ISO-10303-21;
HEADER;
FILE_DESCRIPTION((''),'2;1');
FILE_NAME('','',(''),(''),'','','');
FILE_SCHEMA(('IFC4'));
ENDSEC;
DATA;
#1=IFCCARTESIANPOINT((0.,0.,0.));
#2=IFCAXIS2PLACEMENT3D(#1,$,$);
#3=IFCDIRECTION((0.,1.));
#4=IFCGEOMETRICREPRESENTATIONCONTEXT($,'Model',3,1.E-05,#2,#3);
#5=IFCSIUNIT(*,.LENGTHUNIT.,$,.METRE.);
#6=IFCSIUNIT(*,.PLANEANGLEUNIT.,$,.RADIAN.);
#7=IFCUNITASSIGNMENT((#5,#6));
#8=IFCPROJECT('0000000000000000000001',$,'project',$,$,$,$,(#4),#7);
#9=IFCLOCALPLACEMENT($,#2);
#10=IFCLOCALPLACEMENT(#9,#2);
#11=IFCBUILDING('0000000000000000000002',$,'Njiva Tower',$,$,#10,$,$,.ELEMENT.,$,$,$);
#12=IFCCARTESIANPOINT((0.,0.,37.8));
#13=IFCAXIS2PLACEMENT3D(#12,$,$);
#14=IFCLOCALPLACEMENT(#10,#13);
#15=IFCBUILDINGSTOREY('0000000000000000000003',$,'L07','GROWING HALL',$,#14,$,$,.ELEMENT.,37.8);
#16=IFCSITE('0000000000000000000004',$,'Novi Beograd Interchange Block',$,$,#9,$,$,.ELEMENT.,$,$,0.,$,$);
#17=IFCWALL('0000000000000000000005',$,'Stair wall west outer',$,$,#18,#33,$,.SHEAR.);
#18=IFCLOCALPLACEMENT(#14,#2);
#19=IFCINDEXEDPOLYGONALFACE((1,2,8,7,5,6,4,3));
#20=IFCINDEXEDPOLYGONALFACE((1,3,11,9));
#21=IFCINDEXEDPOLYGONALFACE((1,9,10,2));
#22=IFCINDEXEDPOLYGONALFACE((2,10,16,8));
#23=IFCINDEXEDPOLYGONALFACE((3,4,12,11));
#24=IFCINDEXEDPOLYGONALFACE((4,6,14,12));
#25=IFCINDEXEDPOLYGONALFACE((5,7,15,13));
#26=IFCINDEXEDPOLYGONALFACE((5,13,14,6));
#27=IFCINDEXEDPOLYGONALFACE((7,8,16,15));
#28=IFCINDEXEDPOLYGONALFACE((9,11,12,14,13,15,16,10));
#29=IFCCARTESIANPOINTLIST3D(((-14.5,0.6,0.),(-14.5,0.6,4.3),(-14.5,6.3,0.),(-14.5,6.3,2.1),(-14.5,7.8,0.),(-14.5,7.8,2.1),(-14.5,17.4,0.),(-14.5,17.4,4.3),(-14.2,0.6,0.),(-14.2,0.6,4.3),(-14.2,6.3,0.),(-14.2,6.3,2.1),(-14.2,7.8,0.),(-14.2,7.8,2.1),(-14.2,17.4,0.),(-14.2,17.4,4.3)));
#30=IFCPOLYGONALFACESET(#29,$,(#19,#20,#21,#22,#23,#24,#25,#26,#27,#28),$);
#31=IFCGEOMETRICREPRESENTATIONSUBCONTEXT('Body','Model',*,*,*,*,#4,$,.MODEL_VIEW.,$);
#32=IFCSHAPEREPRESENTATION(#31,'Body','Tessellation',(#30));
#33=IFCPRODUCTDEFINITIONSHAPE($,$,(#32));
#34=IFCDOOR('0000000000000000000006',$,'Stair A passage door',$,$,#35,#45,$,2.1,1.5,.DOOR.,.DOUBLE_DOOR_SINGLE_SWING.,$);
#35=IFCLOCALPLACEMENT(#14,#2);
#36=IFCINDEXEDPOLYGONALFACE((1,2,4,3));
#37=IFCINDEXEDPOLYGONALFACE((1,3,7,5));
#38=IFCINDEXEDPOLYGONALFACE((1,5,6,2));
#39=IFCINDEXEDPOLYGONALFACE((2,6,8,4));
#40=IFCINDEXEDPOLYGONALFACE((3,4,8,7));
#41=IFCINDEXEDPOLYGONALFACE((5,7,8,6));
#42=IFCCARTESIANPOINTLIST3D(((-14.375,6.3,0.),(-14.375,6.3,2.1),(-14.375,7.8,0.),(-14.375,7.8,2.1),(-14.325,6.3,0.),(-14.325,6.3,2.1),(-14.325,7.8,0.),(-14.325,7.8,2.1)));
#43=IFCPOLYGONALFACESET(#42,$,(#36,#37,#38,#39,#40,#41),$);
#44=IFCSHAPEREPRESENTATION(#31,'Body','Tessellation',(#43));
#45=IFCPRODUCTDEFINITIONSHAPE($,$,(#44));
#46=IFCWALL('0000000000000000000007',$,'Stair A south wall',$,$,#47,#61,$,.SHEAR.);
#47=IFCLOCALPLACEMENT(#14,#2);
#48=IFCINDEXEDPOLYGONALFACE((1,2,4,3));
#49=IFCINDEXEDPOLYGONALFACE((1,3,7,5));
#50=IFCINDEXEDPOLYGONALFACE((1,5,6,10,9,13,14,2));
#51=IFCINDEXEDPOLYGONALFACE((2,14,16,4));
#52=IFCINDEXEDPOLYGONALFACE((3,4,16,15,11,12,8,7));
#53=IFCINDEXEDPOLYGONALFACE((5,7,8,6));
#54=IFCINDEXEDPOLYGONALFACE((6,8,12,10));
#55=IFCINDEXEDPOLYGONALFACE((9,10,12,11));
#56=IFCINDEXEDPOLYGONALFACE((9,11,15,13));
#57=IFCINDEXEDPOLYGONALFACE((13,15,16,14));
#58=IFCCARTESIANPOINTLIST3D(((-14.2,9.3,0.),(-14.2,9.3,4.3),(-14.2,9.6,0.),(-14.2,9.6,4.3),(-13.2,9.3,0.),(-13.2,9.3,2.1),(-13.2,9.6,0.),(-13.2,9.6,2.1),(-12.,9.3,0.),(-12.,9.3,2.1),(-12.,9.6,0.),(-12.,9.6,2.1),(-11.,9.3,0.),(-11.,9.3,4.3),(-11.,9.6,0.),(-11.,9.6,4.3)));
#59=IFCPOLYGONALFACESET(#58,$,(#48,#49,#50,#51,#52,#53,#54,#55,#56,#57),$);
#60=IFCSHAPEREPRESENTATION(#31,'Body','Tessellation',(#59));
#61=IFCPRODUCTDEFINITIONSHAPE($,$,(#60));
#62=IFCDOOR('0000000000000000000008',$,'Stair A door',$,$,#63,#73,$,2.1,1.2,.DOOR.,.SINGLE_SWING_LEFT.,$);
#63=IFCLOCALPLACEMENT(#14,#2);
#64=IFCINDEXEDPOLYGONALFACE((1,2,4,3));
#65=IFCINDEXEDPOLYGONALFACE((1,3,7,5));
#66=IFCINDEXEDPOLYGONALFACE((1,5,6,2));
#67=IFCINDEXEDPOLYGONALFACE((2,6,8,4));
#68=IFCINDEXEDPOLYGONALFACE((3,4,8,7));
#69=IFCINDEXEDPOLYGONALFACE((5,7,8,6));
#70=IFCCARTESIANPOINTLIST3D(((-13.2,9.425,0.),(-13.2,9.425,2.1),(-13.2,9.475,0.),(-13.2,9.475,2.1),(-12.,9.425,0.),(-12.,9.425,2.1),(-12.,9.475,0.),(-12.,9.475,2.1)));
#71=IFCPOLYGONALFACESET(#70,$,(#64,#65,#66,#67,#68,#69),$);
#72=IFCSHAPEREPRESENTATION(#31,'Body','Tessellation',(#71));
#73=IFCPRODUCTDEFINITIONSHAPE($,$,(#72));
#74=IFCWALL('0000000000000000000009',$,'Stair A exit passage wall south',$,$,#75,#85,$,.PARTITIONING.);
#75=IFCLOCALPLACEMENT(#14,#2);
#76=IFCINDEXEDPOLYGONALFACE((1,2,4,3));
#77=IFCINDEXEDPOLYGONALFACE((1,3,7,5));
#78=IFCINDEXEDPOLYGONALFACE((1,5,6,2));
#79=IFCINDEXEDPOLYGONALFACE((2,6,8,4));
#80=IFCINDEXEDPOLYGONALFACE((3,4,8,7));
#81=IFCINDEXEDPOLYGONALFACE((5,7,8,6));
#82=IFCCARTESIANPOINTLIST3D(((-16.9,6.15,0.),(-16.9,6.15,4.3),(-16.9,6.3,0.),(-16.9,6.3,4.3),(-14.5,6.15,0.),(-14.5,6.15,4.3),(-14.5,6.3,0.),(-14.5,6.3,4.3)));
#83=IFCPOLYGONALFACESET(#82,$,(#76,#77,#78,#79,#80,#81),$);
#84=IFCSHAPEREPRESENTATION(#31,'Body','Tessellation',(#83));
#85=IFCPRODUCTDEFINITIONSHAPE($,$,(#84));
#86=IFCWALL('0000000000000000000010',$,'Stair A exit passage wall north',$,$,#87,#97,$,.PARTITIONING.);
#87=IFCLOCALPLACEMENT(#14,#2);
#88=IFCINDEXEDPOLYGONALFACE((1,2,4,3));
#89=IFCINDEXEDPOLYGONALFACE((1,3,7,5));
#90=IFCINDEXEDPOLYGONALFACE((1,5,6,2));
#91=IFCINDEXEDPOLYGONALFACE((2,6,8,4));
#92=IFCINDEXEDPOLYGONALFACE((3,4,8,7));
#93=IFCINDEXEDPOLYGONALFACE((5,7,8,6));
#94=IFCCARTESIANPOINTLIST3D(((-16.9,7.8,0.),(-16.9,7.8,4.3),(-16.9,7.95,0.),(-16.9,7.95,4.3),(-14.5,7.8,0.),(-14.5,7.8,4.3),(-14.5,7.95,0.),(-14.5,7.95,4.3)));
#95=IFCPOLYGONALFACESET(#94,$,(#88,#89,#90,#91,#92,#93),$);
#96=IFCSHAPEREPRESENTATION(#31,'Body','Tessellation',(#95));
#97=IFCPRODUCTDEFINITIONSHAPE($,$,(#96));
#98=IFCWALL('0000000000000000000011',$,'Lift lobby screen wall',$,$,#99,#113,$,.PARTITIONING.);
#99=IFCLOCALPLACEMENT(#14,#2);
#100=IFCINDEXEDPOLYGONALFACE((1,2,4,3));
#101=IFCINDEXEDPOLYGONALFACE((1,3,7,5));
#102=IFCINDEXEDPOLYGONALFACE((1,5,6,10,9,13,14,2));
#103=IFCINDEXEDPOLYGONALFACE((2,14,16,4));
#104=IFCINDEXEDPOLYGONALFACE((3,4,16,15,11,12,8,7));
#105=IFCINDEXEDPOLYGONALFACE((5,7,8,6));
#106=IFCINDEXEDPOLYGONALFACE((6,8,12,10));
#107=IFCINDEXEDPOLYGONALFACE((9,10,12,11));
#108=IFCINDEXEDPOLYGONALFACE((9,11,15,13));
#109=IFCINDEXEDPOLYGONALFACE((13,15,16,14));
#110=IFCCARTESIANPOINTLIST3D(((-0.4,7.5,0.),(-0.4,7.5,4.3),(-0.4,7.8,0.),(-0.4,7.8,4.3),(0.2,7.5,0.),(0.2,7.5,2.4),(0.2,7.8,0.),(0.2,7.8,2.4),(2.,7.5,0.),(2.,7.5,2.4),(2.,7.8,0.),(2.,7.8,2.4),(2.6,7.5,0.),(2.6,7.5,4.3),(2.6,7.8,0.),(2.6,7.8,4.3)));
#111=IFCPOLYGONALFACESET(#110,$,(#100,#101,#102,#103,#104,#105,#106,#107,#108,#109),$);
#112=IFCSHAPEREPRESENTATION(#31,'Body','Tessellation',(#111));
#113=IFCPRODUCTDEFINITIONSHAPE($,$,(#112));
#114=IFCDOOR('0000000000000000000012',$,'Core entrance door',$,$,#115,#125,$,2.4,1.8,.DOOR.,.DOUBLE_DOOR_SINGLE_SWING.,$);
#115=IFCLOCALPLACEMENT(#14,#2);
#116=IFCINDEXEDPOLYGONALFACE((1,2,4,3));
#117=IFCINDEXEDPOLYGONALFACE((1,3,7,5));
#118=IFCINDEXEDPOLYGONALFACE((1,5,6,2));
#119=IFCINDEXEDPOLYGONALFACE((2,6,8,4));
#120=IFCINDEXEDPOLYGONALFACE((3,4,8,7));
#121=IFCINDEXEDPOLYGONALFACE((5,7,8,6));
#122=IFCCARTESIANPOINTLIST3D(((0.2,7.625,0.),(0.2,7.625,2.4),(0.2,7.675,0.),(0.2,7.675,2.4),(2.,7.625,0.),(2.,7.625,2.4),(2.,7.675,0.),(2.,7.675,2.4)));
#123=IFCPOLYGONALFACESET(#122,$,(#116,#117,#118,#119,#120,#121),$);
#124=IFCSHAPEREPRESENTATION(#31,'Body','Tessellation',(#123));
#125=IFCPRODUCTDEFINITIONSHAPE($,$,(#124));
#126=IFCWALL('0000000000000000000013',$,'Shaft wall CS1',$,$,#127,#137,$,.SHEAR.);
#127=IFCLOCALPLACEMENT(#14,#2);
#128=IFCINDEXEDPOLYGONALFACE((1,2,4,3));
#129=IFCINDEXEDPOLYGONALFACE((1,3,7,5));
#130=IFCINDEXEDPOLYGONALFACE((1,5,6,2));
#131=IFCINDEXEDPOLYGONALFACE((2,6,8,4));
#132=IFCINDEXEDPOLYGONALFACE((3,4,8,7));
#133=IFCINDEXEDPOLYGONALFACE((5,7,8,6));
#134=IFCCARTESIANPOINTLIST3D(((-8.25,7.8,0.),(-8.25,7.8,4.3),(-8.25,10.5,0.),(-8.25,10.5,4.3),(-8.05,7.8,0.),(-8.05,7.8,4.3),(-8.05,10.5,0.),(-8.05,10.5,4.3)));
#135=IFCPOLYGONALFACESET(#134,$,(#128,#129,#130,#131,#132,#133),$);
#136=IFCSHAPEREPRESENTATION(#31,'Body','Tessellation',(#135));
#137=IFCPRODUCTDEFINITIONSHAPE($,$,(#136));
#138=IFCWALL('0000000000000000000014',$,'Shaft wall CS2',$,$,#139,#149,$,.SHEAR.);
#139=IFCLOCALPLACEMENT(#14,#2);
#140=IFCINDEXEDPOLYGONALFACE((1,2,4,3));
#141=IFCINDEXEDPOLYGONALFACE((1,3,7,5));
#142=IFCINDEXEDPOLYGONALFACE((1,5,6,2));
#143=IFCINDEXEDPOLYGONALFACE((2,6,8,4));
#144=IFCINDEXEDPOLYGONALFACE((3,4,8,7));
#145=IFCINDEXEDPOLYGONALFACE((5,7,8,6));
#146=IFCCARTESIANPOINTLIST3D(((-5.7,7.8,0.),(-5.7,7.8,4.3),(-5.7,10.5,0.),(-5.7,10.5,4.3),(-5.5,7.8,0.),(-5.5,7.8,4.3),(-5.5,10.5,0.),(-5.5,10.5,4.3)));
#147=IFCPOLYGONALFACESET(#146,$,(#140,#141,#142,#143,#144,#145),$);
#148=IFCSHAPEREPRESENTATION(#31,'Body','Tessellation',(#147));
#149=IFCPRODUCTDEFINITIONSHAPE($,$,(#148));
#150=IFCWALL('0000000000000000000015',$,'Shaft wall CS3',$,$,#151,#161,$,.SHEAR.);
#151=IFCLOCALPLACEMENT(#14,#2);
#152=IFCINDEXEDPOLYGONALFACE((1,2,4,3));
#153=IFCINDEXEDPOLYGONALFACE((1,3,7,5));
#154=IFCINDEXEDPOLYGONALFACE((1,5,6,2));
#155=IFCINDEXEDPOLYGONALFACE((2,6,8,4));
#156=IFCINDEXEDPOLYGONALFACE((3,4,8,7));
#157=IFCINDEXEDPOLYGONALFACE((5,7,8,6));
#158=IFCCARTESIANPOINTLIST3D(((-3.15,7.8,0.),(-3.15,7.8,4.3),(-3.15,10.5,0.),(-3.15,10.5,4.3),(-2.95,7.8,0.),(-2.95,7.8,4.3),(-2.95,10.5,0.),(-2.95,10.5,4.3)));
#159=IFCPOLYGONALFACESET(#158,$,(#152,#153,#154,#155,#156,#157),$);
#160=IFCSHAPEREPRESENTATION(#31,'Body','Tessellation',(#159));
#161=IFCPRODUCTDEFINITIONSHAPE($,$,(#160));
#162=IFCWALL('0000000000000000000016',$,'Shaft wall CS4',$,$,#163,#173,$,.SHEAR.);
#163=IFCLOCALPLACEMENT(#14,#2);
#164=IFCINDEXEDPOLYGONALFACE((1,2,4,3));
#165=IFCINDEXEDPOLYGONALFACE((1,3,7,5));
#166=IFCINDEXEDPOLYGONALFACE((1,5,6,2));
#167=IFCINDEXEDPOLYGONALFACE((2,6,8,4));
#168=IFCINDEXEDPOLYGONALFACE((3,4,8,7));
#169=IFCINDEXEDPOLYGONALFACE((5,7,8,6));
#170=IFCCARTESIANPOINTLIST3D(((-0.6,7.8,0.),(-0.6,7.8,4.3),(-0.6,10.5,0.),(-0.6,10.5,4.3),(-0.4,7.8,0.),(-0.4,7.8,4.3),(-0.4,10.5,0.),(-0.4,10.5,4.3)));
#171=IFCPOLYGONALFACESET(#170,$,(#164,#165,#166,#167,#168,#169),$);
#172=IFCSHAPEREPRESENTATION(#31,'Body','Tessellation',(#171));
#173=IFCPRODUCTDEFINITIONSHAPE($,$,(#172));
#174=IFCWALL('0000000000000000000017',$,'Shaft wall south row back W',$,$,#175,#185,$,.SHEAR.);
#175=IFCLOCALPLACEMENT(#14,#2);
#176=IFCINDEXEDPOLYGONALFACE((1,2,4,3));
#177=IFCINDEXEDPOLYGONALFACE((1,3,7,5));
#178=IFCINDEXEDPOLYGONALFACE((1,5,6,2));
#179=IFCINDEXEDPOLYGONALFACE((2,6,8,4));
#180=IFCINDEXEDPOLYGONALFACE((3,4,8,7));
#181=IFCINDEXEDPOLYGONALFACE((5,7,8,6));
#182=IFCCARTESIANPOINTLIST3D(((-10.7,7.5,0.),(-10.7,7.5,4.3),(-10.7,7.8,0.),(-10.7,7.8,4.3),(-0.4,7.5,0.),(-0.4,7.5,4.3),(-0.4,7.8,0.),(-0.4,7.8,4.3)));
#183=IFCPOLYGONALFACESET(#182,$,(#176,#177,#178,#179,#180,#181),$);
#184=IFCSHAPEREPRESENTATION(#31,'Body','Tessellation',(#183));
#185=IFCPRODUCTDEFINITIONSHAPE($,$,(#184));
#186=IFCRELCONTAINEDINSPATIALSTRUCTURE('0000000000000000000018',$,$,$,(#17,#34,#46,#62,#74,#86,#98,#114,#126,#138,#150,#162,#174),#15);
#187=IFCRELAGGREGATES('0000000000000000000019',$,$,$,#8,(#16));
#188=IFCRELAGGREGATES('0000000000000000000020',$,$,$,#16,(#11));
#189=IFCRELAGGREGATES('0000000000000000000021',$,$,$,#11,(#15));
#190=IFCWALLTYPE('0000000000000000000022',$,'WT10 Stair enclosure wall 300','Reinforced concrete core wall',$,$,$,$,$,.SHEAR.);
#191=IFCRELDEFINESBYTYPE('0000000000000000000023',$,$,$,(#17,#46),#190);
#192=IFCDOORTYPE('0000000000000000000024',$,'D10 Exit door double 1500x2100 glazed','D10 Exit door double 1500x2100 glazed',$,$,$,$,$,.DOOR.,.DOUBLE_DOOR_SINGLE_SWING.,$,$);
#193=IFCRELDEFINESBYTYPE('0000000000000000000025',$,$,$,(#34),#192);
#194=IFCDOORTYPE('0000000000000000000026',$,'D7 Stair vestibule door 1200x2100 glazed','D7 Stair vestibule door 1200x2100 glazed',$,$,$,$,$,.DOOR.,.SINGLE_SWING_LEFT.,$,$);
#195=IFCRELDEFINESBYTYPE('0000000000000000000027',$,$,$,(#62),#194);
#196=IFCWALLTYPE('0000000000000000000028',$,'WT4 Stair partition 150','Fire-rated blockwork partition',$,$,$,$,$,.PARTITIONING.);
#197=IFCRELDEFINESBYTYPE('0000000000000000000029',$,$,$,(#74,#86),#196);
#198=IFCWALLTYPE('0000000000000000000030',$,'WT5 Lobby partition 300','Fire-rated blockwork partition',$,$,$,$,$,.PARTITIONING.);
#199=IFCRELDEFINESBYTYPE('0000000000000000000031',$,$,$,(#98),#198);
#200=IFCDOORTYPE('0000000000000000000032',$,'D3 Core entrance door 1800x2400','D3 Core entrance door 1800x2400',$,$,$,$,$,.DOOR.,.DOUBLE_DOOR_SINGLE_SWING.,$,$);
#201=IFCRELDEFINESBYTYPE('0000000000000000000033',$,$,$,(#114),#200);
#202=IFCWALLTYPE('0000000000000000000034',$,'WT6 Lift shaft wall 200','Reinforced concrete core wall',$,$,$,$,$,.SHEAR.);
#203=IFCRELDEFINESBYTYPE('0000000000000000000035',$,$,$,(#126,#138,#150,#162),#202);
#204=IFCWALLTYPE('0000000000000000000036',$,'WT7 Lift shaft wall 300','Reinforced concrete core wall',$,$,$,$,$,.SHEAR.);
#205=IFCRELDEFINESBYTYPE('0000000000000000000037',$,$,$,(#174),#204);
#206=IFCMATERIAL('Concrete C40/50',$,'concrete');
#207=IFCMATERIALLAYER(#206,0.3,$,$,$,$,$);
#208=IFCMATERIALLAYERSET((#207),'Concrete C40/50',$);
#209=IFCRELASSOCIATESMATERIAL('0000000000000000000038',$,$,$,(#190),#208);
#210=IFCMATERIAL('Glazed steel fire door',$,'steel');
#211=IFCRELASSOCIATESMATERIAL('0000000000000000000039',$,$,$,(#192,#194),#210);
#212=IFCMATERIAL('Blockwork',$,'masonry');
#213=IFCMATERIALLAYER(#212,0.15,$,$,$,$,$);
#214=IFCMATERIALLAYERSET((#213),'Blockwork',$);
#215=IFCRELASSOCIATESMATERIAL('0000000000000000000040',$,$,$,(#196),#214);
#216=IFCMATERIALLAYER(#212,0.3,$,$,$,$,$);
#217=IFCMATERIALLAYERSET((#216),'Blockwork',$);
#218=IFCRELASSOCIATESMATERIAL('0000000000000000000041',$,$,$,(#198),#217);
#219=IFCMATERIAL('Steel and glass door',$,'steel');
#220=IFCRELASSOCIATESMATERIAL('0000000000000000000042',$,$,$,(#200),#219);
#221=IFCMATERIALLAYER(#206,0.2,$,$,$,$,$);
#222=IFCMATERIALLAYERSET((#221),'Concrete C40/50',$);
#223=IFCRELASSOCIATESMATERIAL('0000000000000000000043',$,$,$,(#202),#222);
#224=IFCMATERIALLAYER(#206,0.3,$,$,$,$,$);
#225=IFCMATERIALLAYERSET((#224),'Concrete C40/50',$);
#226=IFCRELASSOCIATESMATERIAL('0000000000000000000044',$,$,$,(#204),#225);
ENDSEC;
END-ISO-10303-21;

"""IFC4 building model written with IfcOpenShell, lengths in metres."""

from ifc_helpers import new_model, si_unit, direction, frame, frame_2d, origin, place, context, subcontext, project, spatial, rectangle, extrude, material, layer, layer_set, type_object, element, fill, save


model = new_model("IFC4")

# Units and contexts
model_context = context("Model", 3, precision=1e-05, world=origin(), true_north=direction((0.0, 1.0)))
body_context = subcontext(model_context, "Body", "Model", "MODEL_VIEW")
ifc_project = project(units=[si_unit("LENGTHUNIT", "METRE"), si_unit("PLANEANGLEUNIT", "RADIAN")], contexts=[model_context])

# Site, building, storey
site_placement = place(None, origin())
site = spatial("IfcSite", under=ifc_project, at=site_placement, Name="Novi Beograd Interchange Block", CompositionType="ELEMENT", RefElevation=0.0)
building_placement = place(site_placement, origin())
building = spatial("IfcBuilding", under=site, at=building_placement, Name="Njiva Tower", CompositionType="ELEMENT")
storey_placement = place(building_placement, frame((0.0, 0.0, 37.8)))
storey = spatial("IfcBuildingStorey", under=building, at=storey_placement, Name="L07", Description="GROWING HALL", CompositionType="ELEMENT", Elevation=37.8)

# Shared definitions
ifc_material_1 = material(Name="Blockwork", Category="masonry")

# Shared definitions
ifc_material_2 = material(Name="Concrete C40/50", Category="concrete")
ifc_layer_1 = layer(ifc_material_2, 0.3)
ifc_layer_set_1 = layer_set([ifc_layer_1], Name="Concrete C40/50")
wall_type_1 = type_object("IfcWallType", Name="WT10 Stair enclosure wall 300", Description="Reinforced concrete core wall", PredefinedType="SHEAR", material=ifc_layer_set_1)
ifc_material_3 = material(Name="Glazed steel fire door", Category="steel")

# Walls, openings, doors
wall_1_placement = place(storey_placement, frame((-14.35, 0.6, 0.0), z_axis=(0.0, 0.0, 1.0), x_axis=(0.0, 1.0, 0.0)))
wall_1 = element("IfcWall", 1, at=wall_1_placement, inside=storey, type_object=wall_type_1, Name="Stair wall west outer", PredefinedType="SHEAR", context=body_context, shape_type="SweptSolid", body=[
    extrude(rectangle(XDim=16.8, YDim=0.3, at=frame_2d((8.4, 0.0))), origin(), (0.0, 0.0, 1.0), 4.3),
])
opening_1_placement = place(wall_1_placement, frame((5.7, 0.0, 0.0)))
opening_1 = element("IfcOpeningElement", 2, at=opening_1_placement, cuts=wall_1, PredefinedType="OPENING", context=body_context, shape_type="SweptSolid", body=[
    extrude(rectangle(XDim=1.5, YDim=2.1, at=frame_2d((0.75, 1.05))), frame((0.0, 0.16, 0.0), z_axis=(0.0, -1.0, 0.0), x_axis=(1.0, 0.0, 0.0)), (0.0, 0.0, 1.0), 0.32),
])
door_type_1 = type_object("IfcDoorType", Name="D10 Exit door double 1500x2100 glazed", Description="D10 Exit door double 1500x2100 glazed", OperationType="DOUBLE_DOOR_SINGLE_SWING", PredefinedType="DOOR", material=ifc_material_3)
door_1_placement = place(opening_1_placement, origin())
door_1 = element("IfcDoor", 3, at=door_1_placement, inside=storey, type_object=door_type_1, Name="Stair A passage door", OperationType="DOUBLE_DOOR_SINGLE_SWING", OverallHeight=2.1, OverallWidth=1.5, PredefinedType="DOOR", context=body_context, shape_type="SweptSolid", body=[
    extrude(rectangle(XDim=1.5, YDim=2.1, at=frame_2d((0.75, 1.05))), frame((0.0, 0.025, 0.0), z_axis=(0.0, -1.0, 0.0), x_axis=(1.0, 0.0, 0.0)), (0.0, 0.0, 1.0), 0.05),
])
fill(opening_1, door_1)
wall_2_placement = place(storey_placement, frame((-14.2, 9.45, 0.0), z_axis=(0.0, 0.0, 1.0), x_axis=(1.0, 0.0, 0.0)))
wall_2 = element("IfcWall", 4, at=wall_2_placement, inside=storey, type_object=wall_type_1, Name="Stair A south wall", PredefinedType="SHEAR", context=body_context, shape_type="SweptSolid", body=[
    extrude(rectangle(XDim=3.2, YDim=0.3, at=frame_2d((1.6, 0.0))), origin(), (0.0, 0.0, 1.0), 4.3),
])
opening_2_placement = place(wall_2_placement, frame((1.0, 0.0, 0.0)))
opening_2 = element("IfcOpeningElement", 5, at=opening_2_placement, cuts=wall_2, PredefinedType="OPENING", context=body_context, shape_type="SweptSolid", body=[
    extrude(rectangle(XDim=1.2, YDim=2.1, at=frame_2d((0.6, 1.05))), frame((0.0, 0.16, 0.0), z_axis=(0.0, -1.0, 0.0), x_axis=(1.0, 0.0, 0.0)), (0.0, 0.0, 1.0), 0.32),
])
door_type_2 = type_object("IfcDoorType", Name="D7 Stair vestibule door 1200x2100 glazed", Description="D7 Stair vestibule door 1200x2100 glazed", OperationType="SINGLE_SWING_LEFT", PredefinedType="DOOR", material=ifc_material_3)
door_2_placement = place(opening_2_placement, origin())
door_2 = element("IfcDoor", 6, at=door_2_placement, inside=storey, type_object=door_type_2, Name="Stair A door", OperationType="SINGLE_SWING_LEFT", OverallHeight=2.1, OverallWidth=1.2, PredefinedType="DOOR", context=body_context, shape_type="SweptSolid", body=[
    extrude(rectangle(XDim=1.2, YDim=2.1, at=frame_2d((0.6, 1.05))), frame((0.0, 0.025, 0.0), z_axis=(0.0, -1.0, 0.0), x_axis=(1.0, 0.0, 0.0)), (0.0, 0.0, 1.0), 0.05),
])
fill(opening_2, door_2)

# Walls
ifc_layer_2 = layer(ifc_material_1, 0.15)
ifc_layer_set_2 = layer_set([ifc_layer_2], Name="Blockwork")
wall_type_2 = type_object("IfcWallType", Name="WT4 Stair partition 150", Description="Fire-rated blockwork partition", PredefinedType="PARTITIONING", material=ifc_layer_set_2)
for number, where, z_axis, x_axis, name in (
    (7, (-16.9, 6.225, 0.0), (0.0, 0.0, 1.0), (1.0, 0.0, 0.0), "Stair A exit passage wall south"),
    (8, (-16.9, 7.875, 0.0), (0.0, 0.0, 1.0), (1.0, 0.0, 0.0), "Stair A exit passage wall north"),
):
    element("IfcWall", number, at=place(storey_placement, frame(where, z_axis=z_axis, x_axis=x_axis)), inside=storey, type_object=wall_type_2, Name=name, PredefinedType="PARTITIONING", context=body_context, shape_type="SweptSolid", body=[
        extrude(rectangle(XDim=2.4, YDim=0.15, at=frame_2d((1.2, 0.0))), origin(), (0.0, 0.0, 1.0), 4.3),
    ])

# Wall, opening, door
ifc_layer_3 = layer(ifc_material_1, 0.3)
ifc_layer_set_3 = layer_set([ifc_layer_3], Name="Blockwork")
wall_type_3 = type_object("IfcWallType", Name="WT5 Lobby partition 300", Description="Fire-rated blockwork partition", PredefinedType="PARTITIONING", material=ifc_layer_set_3)
wall_3_placement = place(storey_placement, frame((-0.4, 7.65, 0.0), z_axis=(0.0, 0.0, 1.0), x_axis=(1.0, 0.0, 0.0)))
wall_3 = element("IfcWall", 9, at=wall_3_placement, inside=storey, type_object=wall_type_3, Name="Lift lobby screen wall", PredefinedType="PARTITIONING", context=body_context, shape_type="SweptSolid", body=[
    extrude(rectangle(XDim=3.0, YDim=0.3, at=frame_2d((1.5, 0.0))), origin(), (0.0, 0.0, 1.0), 4.3),
])
opening_3_placement = place(wall_3_placement, frame((0.6, 0.0, 0.0)))
opening_3 = element("IfcOpeningElement", 10, at=opening_3_placement, cuts=wall_3, PredefinedType="OPENING", context=body_context, shape_type="SweptSolid", body=[
    extrude(rectangle(XDim=1.8, YDim=2.4, at=frame_2d((0.9, 1.2))), frame((0.0, 0.16, 0.0), z_axis=(0.0, -1.0, 0.0), x_axis=(1.0, 0.0, 0.0)), (0.0, 0.0, 1.0), 0.32),
])
ifc_material_4 = material(Name="Steel and glass door", Category="steel")
door_type_3 = type_object("IfcDoorType", Name="D3 Core entrance door 1800x2400", Description="D3 Core entrance door 1800x2400", OperationType="DOUBLE_DOOR_SINGLE_SWING", PredefinedType="DOOR", material=ifc_material_4)
door_3_placement = place(opening_3_placement, origin())
door_3 = element("IfcDoor", 11, at=door_3_placement, inside=storey, type_object=door_type_3, Name="Core entrance door", OperationType="DOUBLE_DOOR_SINGLE_SWING", OverallHeight=2.4, OverallWidth=1.8, PredefinedType="DOOR", context=body_context, shape_type="SweptSolid", body=[
    extrude(rectangle(XDim=1.8, YDim=2.4, at=frame_2d((0.9, 1.2))), frame((0.0, 0.025, 0.0), z_axis=(0.0, -1.0, 0.0), x_axis=(1.0, 0.0, 0.0)), (0.0, 0.0, 1.0), 0.05),
])
fill(opening_3, door_3)

# Walls
ifc_layer_4 = layer(ifc_material_2, 0.2)
ifc_layer_set_4 = layer_set([ifc_layer_4], Name="Concrete C40/50")
wall_type_4 = type_object("IfcWallType", Name="WT6 Lift shaft wall 200", Description="Reinforced concrete core wall", PredefinedType="SHEAR", material=ifc_layer_set_4)
for number, where, z_axis, x_axis, name in (
    (12, (-8.15, 7.8, 0.0), (0.0, 0.0, 1.0), (0.0, 1.0, 0.0), "Shaft wall CS1"),
    (13, (-5.6, 7.8, 0.0), (0.0, 0.0, 1.0), (0.0, 1.0, 0.0), "Shaft wall CS2"),
    (14, (-3.05, 7.8, 0.0), (0.0, 0.0, 1.0), (0.0, 1.0, 0.0), "Shaft wall CS3"),
    (15, (-0.5, 7.8, 0.0), (0.0, 0.0, 1.0), (0.0, 1.0, 0.0), "Shaft wall CS4"),
):
    element("IfcWall", number, at=place(storey_placement, frame(where, z_axis=z_axis, x_axis=x_axis)), inside=storey, type_object=wall_type_4, Name=name, PredefinedType="SHEAR", context=body_context, shape_type="SweptSolid", body=[
        extrude(rectangle(XDim=2.7, YDim=0.2, at=frame_2d((1.35, 0.0))), origin(), (0.0, 0.0, 1.0), 4.3),
    ])
ifc_layer_5 = layer(ifc_material_2, 0.3)
ifc_layer_set_5 = layer_set([ifc_layer_5], Name="Concrete C40/50")
wall_type_5 = type_object("IfcWallType", Name="WT7 Lift shaft wall 300", Description="Reinforced concrete core wall", PredefinedType="SHEAR", material=ifc_layer_set_5)
wall_4_placement = place(storey_placement, frame((-10.7, 7.65, 0.0), z_axis=(0.0, 0.0, 1.0), x_axis=(1.0, 0.0, 0.0)))
element("IfcWall", 16, at=wall_4_placement, inside=storey, type_object=wall_type_5, Name="Shaft wall south row back W", PredefinedType="SHEAR", context=body_context, shape_type="SweptSolid", body=[
    extrude(rectangle(XDim=10.3, YDim=0.3, at=frame_2d((5.15, 0.0))), origin(), (0.0, 0.0, 1.0), 4.3),
])

save(model, "model.ifc")
